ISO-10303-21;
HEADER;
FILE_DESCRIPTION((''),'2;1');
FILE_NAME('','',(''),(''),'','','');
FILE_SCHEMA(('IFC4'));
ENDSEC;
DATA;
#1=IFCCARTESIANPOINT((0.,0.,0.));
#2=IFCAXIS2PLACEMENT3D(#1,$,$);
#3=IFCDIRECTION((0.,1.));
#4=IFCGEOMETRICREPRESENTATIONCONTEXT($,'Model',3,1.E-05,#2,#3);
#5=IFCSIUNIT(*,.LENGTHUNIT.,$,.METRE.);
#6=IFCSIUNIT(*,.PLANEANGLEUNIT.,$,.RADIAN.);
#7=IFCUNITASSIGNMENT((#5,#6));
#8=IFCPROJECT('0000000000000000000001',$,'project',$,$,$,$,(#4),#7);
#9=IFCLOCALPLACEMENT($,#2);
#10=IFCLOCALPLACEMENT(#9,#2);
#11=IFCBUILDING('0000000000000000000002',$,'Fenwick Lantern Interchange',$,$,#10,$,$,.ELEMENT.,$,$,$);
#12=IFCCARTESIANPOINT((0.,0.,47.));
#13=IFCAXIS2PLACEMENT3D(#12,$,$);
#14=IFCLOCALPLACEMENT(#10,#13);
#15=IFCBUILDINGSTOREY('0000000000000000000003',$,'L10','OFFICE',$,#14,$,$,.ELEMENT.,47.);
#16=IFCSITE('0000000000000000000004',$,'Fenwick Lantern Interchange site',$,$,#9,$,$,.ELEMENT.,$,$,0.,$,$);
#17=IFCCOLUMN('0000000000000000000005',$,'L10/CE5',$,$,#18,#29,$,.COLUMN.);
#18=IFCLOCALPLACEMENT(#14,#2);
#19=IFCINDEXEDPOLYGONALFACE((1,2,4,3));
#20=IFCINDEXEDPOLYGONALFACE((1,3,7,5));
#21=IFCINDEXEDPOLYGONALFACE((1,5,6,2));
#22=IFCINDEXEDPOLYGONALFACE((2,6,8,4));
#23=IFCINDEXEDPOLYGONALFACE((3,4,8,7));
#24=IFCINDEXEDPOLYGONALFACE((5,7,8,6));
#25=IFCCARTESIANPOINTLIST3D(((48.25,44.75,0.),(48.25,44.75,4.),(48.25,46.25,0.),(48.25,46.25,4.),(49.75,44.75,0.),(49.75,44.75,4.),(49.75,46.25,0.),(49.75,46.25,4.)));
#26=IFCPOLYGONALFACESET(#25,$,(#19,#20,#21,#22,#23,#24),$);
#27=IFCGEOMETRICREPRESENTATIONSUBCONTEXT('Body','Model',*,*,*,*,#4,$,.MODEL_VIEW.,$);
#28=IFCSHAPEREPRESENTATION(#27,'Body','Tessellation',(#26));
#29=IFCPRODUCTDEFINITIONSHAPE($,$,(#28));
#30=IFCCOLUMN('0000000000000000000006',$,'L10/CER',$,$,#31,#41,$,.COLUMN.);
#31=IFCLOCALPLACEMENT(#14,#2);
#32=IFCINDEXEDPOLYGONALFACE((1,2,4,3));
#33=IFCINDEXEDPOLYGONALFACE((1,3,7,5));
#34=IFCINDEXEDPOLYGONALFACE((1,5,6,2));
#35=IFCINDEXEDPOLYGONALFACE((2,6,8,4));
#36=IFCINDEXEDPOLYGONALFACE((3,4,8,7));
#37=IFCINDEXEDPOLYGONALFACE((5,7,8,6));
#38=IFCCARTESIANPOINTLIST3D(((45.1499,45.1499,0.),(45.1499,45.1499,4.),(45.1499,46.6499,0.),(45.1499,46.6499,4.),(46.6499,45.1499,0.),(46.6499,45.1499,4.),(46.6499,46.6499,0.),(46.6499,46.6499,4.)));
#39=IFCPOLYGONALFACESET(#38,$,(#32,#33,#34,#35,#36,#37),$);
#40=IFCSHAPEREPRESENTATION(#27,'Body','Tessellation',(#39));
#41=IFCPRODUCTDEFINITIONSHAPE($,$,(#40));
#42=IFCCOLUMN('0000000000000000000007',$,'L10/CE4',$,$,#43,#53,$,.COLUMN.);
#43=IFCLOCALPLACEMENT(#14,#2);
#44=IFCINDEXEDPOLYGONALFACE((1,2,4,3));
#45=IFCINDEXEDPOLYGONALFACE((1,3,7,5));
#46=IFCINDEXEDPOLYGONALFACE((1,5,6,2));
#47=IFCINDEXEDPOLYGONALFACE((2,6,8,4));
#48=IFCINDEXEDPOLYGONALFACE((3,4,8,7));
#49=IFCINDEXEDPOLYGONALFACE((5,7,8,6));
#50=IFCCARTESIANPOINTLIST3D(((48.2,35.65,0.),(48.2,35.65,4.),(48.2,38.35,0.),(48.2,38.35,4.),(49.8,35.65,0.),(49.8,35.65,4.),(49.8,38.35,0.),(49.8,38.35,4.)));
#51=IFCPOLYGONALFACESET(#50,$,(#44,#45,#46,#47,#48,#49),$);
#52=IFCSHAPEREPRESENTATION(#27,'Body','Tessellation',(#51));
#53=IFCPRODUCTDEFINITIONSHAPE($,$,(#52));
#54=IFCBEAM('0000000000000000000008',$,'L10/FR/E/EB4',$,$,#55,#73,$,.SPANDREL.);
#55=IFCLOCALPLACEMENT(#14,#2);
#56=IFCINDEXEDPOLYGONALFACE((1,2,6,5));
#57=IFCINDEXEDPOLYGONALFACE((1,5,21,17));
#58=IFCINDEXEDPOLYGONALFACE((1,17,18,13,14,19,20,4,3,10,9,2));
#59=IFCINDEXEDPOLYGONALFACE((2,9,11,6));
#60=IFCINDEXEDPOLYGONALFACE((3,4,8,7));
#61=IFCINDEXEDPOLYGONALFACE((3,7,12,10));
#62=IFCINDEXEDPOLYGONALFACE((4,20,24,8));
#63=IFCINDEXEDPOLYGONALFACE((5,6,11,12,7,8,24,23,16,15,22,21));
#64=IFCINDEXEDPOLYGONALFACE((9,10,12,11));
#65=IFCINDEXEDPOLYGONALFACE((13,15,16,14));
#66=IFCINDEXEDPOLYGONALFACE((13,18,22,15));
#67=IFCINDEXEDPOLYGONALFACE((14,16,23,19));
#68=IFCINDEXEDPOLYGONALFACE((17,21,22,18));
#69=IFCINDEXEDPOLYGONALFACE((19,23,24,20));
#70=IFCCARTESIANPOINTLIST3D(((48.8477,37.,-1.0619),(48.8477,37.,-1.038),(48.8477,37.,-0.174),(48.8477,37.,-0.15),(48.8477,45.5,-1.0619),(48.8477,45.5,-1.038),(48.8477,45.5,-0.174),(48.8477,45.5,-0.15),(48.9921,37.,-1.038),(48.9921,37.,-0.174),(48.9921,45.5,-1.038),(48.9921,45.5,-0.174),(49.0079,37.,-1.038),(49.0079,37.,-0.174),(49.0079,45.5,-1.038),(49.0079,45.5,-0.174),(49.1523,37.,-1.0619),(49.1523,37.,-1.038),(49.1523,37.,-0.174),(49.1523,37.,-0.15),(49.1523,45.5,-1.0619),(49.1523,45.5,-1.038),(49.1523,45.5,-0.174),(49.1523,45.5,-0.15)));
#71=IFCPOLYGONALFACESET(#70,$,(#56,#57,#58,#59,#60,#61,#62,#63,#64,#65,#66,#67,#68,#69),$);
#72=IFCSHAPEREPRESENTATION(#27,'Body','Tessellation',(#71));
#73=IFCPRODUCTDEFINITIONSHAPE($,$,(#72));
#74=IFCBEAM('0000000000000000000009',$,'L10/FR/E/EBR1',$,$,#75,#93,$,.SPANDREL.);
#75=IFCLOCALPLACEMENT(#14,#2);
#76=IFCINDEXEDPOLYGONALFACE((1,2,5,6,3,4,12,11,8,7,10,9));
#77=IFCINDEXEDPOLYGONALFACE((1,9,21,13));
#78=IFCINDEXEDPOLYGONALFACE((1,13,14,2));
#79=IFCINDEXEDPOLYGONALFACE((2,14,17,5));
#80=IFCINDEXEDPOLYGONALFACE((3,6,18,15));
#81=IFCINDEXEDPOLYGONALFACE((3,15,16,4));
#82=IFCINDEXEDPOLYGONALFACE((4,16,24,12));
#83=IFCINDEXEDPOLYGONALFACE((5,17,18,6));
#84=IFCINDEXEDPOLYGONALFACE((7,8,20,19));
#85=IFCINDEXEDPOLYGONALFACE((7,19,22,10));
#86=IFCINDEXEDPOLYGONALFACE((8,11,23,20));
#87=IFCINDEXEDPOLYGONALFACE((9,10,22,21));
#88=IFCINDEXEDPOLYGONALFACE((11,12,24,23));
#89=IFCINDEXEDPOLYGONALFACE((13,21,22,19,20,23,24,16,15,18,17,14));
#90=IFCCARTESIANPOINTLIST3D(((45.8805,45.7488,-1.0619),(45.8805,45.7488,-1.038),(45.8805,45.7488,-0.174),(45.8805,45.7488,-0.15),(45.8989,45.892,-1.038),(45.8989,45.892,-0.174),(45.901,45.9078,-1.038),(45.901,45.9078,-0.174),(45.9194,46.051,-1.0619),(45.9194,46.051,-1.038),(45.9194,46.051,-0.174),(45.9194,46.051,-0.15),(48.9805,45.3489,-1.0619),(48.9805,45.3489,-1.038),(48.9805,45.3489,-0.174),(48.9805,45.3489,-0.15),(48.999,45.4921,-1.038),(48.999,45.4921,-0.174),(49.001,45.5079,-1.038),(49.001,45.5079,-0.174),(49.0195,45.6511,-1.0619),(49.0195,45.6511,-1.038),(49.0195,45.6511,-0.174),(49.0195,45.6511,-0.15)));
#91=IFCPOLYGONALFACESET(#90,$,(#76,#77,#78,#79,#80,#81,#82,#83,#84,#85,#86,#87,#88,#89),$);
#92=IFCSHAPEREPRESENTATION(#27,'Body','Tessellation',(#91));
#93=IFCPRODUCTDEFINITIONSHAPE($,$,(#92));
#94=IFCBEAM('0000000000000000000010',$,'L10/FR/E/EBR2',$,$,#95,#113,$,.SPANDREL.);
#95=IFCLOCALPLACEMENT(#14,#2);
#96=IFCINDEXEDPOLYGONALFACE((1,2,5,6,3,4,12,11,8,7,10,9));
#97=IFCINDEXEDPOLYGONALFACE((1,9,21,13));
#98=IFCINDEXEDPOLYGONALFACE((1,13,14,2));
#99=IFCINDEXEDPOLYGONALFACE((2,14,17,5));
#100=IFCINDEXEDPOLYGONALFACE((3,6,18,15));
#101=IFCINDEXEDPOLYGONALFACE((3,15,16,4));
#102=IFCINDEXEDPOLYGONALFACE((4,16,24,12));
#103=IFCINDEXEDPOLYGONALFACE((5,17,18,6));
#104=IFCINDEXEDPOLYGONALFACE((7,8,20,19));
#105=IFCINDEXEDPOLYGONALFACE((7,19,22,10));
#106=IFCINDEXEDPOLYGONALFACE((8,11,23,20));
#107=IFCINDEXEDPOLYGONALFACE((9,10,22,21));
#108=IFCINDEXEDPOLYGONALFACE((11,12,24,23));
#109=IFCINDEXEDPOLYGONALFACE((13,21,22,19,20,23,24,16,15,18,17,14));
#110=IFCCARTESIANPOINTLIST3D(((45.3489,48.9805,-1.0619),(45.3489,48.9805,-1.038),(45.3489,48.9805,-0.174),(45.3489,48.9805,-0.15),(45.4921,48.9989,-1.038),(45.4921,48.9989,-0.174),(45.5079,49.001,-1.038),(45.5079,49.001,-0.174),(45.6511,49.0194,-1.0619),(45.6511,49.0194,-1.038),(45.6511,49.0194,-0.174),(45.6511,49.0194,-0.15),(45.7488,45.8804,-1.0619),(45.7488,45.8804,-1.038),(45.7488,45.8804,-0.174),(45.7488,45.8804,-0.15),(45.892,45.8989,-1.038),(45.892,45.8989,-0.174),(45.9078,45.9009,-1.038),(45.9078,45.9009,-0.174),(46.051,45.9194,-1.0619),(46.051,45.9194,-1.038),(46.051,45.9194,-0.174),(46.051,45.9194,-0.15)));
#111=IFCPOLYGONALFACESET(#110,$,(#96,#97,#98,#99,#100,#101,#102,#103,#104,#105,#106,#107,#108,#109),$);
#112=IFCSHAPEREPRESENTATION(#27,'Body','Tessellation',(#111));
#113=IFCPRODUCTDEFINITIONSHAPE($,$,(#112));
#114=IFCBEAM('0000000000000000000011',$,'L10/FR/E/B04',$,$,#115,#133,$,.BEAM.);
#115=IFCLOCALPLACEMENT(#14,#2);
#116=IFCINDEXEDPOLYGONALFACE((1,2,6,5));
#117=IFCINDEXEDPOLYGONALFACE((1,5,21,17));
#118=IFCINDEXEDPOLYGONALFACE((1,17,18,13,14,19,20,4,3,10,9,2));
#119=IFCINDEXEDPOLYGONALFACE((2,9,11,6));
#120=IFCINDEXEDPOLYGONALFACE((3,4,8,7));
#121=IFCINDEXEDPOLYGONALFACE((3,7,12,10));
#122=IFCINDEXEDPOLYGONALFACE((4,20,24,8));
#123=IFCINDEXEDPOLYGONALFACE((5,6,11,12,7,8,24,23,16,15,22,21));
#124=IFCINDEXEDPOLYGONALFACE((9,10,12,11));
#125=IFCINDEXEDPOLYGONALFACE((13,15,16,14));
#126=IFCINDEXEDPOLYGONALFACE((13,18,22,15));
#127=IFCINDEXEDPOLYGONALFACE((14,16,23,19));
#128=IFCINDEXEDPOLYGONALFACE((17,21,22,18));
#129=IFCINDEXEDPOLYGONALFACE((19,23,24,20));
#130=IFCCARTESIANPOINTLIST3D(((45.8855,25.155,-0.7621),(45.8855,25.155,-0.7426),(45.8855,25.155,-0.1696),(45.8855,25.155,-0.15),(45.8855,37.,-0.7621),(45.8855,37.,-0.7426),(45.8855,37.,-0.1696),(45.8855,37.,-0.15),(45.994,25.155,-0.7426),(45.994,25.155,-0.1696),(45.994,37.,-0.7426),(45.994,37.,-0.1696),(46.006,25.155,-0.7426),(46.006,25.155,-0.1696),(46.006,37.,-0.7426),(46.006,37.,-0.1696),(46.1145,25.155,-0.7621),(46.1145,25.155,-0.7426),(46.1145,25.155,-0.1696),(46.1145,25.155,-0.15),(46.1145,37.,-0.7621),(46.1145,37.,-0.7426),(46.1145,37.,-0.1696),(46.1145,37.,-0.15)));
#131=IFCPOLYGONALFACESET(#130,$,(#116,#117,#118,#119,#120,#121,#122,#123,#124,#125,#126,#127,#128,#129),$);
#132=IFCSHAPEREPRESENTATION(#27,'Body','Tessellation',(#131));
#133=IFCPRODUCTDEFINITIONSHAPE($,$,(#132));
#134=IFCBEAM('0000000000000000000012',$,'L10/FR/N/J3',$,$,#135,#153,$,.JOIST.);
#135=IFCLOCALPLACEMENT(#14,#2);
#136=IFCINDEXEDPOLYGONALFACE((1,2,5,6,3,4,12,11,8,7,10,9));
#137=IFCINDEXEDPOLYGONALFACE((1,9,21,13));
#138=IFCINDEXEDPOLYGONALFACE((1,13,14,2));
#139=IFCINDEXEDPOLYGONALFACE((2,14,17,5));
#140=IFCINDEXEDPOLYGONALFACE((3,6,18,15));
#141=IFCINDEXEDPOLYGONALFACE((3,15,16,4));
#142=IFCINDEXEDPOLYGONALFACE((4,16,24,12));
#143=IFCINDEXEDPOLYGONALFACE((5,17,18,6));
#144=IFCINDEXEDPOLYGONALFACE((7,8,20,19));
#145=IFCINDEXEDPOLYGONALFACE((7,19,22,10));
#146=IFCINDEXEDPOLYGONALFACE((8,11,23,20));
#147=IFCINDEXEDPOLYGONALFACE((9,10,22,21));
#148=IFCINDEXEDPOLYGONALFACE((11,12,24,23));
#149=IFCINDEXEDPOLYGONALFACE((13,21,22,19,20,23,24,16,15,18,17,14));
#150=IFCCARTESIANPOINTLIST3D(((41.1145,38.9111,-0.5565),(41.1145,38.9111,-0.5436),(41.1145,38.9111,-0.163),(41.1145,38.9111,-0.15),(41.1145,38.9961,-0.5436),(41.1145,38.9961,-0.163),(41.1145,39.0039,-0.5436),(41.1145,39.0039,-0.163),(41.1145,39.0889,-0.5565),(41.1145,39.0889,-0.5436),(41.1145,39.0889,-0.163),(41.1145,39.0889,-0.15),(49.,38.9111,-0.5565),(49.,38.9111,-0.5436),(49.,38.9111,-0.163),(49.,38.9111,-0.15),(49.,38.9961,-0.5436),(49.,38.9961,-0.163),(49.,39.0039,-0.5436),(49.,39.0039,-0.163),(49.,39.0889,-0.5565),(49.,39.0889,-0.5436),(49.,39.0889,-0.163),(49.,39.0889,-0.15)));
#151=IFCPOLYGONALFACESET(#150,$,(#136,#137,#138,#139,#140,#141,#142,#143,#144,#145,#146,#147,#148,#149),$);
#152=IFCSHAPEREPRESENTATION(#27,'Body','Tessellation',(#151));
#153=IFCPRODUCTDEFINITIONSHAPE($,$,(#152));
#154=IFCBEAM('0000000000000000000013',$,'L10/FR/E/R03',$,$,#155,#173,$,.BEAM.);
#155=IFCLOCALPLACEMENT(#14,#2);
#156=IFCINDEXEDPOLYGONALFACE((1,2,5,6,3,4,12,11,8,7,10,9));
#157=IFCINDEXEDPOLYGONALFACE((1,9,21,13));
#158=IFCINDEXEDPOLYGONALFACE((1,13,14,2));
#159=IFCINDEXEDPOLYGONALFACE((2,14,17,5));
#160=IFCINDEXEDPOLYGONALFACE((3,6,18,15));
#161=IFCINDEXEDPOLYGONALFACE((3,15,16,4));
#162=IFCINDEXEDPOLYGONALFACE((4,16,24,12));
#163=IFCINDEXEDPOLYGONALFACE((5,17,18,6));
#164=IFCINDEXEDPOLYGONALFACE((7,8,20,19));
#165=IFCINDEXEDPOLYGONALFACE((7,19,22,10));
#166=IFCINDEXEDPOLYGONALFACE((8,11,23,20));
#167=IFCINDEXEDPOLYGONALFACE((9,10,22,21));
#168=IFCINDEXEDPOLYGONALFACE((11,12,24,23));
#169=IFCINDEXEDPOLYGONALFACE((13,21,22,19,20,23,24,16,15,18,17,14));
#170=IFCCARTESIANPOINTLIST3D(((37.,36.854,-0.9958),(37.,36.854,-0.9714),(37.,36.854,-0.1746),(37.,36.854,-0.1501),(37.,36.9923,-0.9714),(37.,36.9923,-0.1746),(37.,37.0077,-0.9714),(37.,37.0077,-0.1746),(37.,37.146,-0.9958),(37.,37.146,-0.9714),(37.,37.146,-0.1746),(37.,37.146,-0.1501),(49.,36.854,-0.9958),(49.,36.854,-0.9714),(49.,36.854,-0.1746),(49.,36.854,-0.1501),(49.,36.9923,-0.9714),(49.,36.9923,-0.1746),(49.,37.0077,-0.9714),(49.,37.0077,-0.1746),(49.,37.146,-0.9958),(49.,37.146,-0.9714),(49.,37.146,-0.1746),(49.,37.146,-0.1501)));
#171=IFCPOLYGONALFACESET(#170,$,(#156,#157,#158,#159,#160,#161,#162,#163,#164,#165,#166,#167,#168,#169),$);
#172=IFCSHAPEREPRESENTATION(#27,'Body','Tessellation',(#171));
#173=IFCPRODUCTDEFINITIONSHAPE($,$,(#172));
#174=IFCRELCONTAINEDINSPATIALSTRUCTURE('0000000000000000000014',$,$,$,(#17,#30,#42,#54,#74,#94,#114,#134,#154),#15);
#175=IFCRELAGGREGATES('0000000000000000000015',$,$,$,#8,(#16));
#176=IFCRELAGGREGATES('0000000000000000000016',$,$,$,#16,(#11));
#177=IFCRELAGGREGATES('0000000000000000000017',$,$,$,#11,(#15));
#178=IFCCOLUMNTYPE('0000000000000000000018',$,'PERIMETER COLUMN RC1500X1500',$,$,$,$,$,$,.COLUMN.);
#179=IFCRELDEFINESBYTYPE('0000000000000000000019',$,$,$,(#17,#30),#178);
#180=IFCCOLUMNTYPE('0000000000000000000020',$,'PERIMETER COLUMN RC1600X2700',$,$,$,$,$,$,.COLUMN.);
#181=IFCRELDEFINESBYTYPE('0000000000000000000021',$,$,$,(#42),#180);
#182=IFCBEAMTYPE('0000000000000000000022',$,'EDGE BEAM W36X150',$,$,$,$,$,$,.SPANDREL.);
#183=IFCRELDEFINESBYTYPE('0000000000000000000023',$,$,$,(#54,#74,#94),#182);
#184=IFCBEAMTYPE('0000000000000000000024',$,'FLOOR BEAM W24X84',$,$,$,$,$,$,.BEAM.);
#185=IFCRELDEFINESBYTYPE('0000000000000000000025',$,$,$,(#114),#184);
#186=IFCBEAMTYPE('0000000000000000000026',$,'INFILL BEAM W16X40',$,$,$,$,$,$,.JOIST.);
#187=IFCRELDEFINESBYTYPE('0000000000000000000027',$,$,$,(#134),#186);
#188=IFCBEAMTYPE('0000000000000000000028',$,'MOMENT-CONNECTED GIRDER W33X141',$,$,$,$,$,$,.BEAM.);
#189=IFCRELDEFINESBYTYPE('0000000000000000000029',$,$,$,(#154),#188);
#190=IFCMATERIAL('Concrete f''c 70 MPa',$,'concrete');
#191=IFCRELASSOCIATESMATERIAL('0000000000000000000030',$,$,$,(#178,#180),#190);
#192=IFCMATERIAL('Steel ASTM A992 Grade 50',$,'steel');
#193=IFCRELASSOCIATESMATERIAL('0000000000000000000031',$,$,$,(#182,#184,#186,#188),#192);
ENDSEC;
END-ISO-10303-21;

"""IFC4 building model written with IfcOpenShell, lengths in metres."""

from ifc_helpers import new_model, si_unit, direction, frame, origin, origin_2d, place, context, subcontext, project, spatial, rectangle, i_section, extrude, material, material_profile, profile_set, type_object, element, save


model = new_model("IFC4")

# Units and contexts
model_context = context("Model", 3, precision=1e-05, world=origin(), true_north=direction((0.0, 1.0)))
body_context = subcontext(model_context, "Body", "Model", "MODEL_VIEW")
ifc_project = project(units=[si_unit("LENGTHUNIT", "METRE"), si_unit("PLANEANGLEUNIT", "RADIAN")], contexts=[model_context])

# Site, building, storey
site_placement = place(None, origin())
site = spatial("IfcSite", under=ifc_project, at=site_placement, Name="Fenwick Lantern Interchange site", CompositionType="ELEMENT", RefElevation=0.0)
building_placement = place(site_placement, origin())
building = spatial("IfcBuilding", under=site, at=building_placement, Name="Fenwick Lantern Interchange", CompositionType="ELEMENT")
storey_placement = place(building_placement, frame((0.0, 0.0, 47.0)))
storey = spatial("IfcBuildingStorey", under=building, at=storey_placement, Name="L10", Description="OFFICE", CompositionType="ELEMENT", Elevation=47.0)

# Columns
ifc_material_1 = material(Name="Concrete f'c 70 MPa", Category="concrete")
ifc_material_profile_1 = material_profile(ifc_material_1, rectangle(XDim=1.5, YDim=1.5, at=origin_2d()), Name="RC1500X1500")
ifc_profile_set_1 = profile_set([ifc_material_profile_1], Name="Concrete f'c 70 MPa")
column_type_1 = type_object("IfcColumnType", Name="PERIMETER COLUMN RC1500X1500", PredefinedType="COLUMN", material=ifc_profile_set_1)
for number, where, z_axis, x_axis, name in (
    (1, (49.0, 45.5, 0.0), (0.0, 0.0, 1.0), (1.0, 0.0, 0.0), "L10/CE5"),
    (2, (45.8999, 45.8999, 0.0), (0.0, 0.0, 1.0), (1.0, 0.0, 0.0), "L10/CER"),
):
    element("IfcColumn", number, at=place(storey_placement, frame(where, z_axis=z_axis, x_axis=x_axis)), inside=storey, type_object=column_type_1, Name=name, PredefinedType="COLUMN", context=body_context, shape_type="SweptSolid", body=[
        extrude(rectangle(XDim=1.5, YDim=1.5, at=origin_2d()), origin(), (0.0, 0.0, 1.0), 4.0),
    ])
ifc_material_profile_2 = material_profile(ifc_material_1, rectangle(XDim=1.6001, YDim=2.7, at=origin_2d()), Name="RC1600X2700")
ifc_profile_set_2 = profile_set([ifc_material_profile_2], Name="Concrete f'c 70 MPa")
column_type_2 = type_object("IfcColumnType", Name="PERIMETER COLUMN RC1600X2700", PredefinedType="COLUMN", material=ifc_profile_set_2)
column_placement = place(storey_placement, frame((49.0, 37.0, 0.0), z_axis=(0.0, 0.0, 1.0), x_axis=(1.0, 0.0, 0.0)))
element("IfcColumn", 3, at=column_placement, inside=storey, type_object=column_type_2, Name="L10/CE4", PredefinedType="COLUMN", context=body_context, shape_type="SweptSolid", body=[
    extrude(rectangle(XDim=1.6001, YDim=2.7, at=origin_2d()), origin(), (0.0, 0.0, 1.0), 4.0),
])

# Beams
ifc_material_2 = material(Name="Steel ASTM A992 Grade 50", Category="steel")
ifc_material_profile_3 = material_profile(ifc_material_2, i_section(OverallWidth=0.3047, OverallDepth=0.9119, WebThickness=0.0159, FlangeThickness=0.0239, at=origin_2d()), Name="W36X150")
ifc_profile_set_3 = profile_set([ifc_material_profile_3], Name="Steel ASTM A992 Grade 50")
beam_type_1 = type_object("IfcBeamType", Name="EDGE BEAM W36X150", PredefinedType="SPANDREL", material=ifc_profile_set_3)
beam_1_placement = place(storey_placement, frame((49.0, 37.0, -0.606), z_axis=(0.0, 1.0, 0.0), x_axis=(-1.0, 0.0, 0.0)))
element("IfcBeam", 4, at=beam_1_placement, inside=storey, type_object=beam_type_1, Name="L10/FR/E/EB4", PredefinedType="SPANDREL", context=body_context, shape_type="SweptSolid", body=[
    extrude(i_section(OverallWidth=0.3047, OverallDepth=0.9119, WebThickness=0.0159, FlangeThickness=0.0239, at=origin_2d()), origin(), (0.0, 0.0, 1.0), 8.5),
])
for number, where, z_axis, x_axis, name in (
    (5, (49.0, 45.5, -0.606), (-0.991782, 0.127937, 0.0), (-0.127937, -0.991782, 0.0), "L10/FR/E/EBR1"),
    (6, (45.8999, 45.8999, -0.606), (-0.127937, 0.991782, 0.0), (-0.991782, -0.127937, 0.0), "L10/FR/E/EBR2"),
):
    element("IfcBeam", number, at=place(storey_placement, frame(where, z_axis=z_axis, x_axis=x_axis)), inside=storey, type_object=beam_type_1, Name=name, PredefinedType="SPANDREL", context=body_context, shape_type="SweptSolid", body=[
        extrude(i_section(OverallWidth=0.3047, OverallDepth=0.9119, WebThickness=0.0159, FlangeThickness=0.0239, at=origin_2d()), origin(), (0.0, 0.0, 1.0), 3.1257),
    ])
ifc_material_profile_4 = material_profile(ifc_material_2, i_section(OverallWidth=0.229, OverallDepth=0.6121, WebThickness=0.012, FlangeThickness=0.0195, at=origin_2d()), Name="W24X84")
ifc_profile_set_4 = profile_set([ifc_material_profile_4], Name="Steel ASTM A992 Grade 50")
beam_type_2 = type_object("IfcBeamType", Name="FLOOR BEAM W24X84", PredefinedType="BEAM", material=ifc_profile_set_4)
beam_2_placement = place(storey_placement, frame((46.0, 25.155, -0.4561), z_axis=(0.0, 1.0, 0.0), x_axis=(-1.0, 0.0, 0.0)))
element("IfcBeam", 7, at=beam_2_placement, inside=storey, type_object=beam_type_2, Name="L10/FR/E/B04", PredefinedType="BEAM", context=body_context, shape_type="SweptSolid", body=[
    extrude(i_section(OverallWidth=0.229, OverallDepth=0.6121, WebThickness=0.012, FlangeThickness=0.0195, at=origin_2d()), origin(), (0.0, 0.0, 1.0), 11.845),
])
ifc_material_profile_5 = material_profile(ifc_material_2, i_section(OverallWidth=0.1777, OverallDepth=0.4065, WebThickness=0.0078, FlangeThickness=0.0129, at=origin_2d()), Name="W16X40")
ifc_profile_set_5 = profile_set([ifc_material_profile_5], Name="Steel ASTM A992 Grade 50")
beam_type_3 = type_object("IfcBeamType", Name="INFILL BEAM W16X40", PredefinedType="JOIST", material=ifc_profile_set_5)
beam_3_placement = place(storey_placement, frame((49.0, 39.0, -0.3533), z_axis=(-1.0, 0.0, 0.0), x_axis=(0.0, -1.0, 0.0)))
element("IfcBeam", 8, at=beam_3_placement, inside=storey, type_object=beam_type_3, Name="L10/FR/N/J3", PredefinedType="JOIST", context=body_context, shape_type="SweptSolid", body=[
    extrude(i_section(OverallWidth=0.1777, OverallDepth=0.4065, WebThickness=0.0078, FlangeThickness=0.0129, at=origin_2d()), origin(), (0.0, 0.0, 1.0), 7.8855),
])
ifc_material_profile_6 = material_profile(ifc_material_2, i_section(OverallWidth=0.292, OverallDepth=0.8457, WebThickness=0.0154, FlangeThickness=0.0244, at=origin_2d()), Name="W33X141")
ifc_profile_set_6 = profile_set([ifc_material_profile_6], Name="Steel ASTM A992 Grade 50")
beam_type_4 = type_object("IfcBeamType", Name="MOMENT-CONNECTED GIRDER W33X141", PredefinedType="BEAM", material=ifc_profile_set_6)
beam_4_placement = place(storey_placement, frame((49.0, 37.0, -0.573), z_axis=(-1.0, 0.0, 0.0), x_axis=(0.0, -1.0, 0.0)))
element("IfcBeam", 9, at=beam_4_placement, inside=storey, type_object=beam_type_4, Name="L10/FR/E/R03", PredefinedType="BEAM", context=body_context, shape_type="SweptSolid", body=[
    extrude(i_section(OverallWidth=0.292, OverallDepth=0.8457, WebThickness=0.0154, FlangeThickness=0.0244, at=origin_2d()), origin(), (0.0, 0.0, 1.0), 12.0),
])

save(model, "model.ifc")
